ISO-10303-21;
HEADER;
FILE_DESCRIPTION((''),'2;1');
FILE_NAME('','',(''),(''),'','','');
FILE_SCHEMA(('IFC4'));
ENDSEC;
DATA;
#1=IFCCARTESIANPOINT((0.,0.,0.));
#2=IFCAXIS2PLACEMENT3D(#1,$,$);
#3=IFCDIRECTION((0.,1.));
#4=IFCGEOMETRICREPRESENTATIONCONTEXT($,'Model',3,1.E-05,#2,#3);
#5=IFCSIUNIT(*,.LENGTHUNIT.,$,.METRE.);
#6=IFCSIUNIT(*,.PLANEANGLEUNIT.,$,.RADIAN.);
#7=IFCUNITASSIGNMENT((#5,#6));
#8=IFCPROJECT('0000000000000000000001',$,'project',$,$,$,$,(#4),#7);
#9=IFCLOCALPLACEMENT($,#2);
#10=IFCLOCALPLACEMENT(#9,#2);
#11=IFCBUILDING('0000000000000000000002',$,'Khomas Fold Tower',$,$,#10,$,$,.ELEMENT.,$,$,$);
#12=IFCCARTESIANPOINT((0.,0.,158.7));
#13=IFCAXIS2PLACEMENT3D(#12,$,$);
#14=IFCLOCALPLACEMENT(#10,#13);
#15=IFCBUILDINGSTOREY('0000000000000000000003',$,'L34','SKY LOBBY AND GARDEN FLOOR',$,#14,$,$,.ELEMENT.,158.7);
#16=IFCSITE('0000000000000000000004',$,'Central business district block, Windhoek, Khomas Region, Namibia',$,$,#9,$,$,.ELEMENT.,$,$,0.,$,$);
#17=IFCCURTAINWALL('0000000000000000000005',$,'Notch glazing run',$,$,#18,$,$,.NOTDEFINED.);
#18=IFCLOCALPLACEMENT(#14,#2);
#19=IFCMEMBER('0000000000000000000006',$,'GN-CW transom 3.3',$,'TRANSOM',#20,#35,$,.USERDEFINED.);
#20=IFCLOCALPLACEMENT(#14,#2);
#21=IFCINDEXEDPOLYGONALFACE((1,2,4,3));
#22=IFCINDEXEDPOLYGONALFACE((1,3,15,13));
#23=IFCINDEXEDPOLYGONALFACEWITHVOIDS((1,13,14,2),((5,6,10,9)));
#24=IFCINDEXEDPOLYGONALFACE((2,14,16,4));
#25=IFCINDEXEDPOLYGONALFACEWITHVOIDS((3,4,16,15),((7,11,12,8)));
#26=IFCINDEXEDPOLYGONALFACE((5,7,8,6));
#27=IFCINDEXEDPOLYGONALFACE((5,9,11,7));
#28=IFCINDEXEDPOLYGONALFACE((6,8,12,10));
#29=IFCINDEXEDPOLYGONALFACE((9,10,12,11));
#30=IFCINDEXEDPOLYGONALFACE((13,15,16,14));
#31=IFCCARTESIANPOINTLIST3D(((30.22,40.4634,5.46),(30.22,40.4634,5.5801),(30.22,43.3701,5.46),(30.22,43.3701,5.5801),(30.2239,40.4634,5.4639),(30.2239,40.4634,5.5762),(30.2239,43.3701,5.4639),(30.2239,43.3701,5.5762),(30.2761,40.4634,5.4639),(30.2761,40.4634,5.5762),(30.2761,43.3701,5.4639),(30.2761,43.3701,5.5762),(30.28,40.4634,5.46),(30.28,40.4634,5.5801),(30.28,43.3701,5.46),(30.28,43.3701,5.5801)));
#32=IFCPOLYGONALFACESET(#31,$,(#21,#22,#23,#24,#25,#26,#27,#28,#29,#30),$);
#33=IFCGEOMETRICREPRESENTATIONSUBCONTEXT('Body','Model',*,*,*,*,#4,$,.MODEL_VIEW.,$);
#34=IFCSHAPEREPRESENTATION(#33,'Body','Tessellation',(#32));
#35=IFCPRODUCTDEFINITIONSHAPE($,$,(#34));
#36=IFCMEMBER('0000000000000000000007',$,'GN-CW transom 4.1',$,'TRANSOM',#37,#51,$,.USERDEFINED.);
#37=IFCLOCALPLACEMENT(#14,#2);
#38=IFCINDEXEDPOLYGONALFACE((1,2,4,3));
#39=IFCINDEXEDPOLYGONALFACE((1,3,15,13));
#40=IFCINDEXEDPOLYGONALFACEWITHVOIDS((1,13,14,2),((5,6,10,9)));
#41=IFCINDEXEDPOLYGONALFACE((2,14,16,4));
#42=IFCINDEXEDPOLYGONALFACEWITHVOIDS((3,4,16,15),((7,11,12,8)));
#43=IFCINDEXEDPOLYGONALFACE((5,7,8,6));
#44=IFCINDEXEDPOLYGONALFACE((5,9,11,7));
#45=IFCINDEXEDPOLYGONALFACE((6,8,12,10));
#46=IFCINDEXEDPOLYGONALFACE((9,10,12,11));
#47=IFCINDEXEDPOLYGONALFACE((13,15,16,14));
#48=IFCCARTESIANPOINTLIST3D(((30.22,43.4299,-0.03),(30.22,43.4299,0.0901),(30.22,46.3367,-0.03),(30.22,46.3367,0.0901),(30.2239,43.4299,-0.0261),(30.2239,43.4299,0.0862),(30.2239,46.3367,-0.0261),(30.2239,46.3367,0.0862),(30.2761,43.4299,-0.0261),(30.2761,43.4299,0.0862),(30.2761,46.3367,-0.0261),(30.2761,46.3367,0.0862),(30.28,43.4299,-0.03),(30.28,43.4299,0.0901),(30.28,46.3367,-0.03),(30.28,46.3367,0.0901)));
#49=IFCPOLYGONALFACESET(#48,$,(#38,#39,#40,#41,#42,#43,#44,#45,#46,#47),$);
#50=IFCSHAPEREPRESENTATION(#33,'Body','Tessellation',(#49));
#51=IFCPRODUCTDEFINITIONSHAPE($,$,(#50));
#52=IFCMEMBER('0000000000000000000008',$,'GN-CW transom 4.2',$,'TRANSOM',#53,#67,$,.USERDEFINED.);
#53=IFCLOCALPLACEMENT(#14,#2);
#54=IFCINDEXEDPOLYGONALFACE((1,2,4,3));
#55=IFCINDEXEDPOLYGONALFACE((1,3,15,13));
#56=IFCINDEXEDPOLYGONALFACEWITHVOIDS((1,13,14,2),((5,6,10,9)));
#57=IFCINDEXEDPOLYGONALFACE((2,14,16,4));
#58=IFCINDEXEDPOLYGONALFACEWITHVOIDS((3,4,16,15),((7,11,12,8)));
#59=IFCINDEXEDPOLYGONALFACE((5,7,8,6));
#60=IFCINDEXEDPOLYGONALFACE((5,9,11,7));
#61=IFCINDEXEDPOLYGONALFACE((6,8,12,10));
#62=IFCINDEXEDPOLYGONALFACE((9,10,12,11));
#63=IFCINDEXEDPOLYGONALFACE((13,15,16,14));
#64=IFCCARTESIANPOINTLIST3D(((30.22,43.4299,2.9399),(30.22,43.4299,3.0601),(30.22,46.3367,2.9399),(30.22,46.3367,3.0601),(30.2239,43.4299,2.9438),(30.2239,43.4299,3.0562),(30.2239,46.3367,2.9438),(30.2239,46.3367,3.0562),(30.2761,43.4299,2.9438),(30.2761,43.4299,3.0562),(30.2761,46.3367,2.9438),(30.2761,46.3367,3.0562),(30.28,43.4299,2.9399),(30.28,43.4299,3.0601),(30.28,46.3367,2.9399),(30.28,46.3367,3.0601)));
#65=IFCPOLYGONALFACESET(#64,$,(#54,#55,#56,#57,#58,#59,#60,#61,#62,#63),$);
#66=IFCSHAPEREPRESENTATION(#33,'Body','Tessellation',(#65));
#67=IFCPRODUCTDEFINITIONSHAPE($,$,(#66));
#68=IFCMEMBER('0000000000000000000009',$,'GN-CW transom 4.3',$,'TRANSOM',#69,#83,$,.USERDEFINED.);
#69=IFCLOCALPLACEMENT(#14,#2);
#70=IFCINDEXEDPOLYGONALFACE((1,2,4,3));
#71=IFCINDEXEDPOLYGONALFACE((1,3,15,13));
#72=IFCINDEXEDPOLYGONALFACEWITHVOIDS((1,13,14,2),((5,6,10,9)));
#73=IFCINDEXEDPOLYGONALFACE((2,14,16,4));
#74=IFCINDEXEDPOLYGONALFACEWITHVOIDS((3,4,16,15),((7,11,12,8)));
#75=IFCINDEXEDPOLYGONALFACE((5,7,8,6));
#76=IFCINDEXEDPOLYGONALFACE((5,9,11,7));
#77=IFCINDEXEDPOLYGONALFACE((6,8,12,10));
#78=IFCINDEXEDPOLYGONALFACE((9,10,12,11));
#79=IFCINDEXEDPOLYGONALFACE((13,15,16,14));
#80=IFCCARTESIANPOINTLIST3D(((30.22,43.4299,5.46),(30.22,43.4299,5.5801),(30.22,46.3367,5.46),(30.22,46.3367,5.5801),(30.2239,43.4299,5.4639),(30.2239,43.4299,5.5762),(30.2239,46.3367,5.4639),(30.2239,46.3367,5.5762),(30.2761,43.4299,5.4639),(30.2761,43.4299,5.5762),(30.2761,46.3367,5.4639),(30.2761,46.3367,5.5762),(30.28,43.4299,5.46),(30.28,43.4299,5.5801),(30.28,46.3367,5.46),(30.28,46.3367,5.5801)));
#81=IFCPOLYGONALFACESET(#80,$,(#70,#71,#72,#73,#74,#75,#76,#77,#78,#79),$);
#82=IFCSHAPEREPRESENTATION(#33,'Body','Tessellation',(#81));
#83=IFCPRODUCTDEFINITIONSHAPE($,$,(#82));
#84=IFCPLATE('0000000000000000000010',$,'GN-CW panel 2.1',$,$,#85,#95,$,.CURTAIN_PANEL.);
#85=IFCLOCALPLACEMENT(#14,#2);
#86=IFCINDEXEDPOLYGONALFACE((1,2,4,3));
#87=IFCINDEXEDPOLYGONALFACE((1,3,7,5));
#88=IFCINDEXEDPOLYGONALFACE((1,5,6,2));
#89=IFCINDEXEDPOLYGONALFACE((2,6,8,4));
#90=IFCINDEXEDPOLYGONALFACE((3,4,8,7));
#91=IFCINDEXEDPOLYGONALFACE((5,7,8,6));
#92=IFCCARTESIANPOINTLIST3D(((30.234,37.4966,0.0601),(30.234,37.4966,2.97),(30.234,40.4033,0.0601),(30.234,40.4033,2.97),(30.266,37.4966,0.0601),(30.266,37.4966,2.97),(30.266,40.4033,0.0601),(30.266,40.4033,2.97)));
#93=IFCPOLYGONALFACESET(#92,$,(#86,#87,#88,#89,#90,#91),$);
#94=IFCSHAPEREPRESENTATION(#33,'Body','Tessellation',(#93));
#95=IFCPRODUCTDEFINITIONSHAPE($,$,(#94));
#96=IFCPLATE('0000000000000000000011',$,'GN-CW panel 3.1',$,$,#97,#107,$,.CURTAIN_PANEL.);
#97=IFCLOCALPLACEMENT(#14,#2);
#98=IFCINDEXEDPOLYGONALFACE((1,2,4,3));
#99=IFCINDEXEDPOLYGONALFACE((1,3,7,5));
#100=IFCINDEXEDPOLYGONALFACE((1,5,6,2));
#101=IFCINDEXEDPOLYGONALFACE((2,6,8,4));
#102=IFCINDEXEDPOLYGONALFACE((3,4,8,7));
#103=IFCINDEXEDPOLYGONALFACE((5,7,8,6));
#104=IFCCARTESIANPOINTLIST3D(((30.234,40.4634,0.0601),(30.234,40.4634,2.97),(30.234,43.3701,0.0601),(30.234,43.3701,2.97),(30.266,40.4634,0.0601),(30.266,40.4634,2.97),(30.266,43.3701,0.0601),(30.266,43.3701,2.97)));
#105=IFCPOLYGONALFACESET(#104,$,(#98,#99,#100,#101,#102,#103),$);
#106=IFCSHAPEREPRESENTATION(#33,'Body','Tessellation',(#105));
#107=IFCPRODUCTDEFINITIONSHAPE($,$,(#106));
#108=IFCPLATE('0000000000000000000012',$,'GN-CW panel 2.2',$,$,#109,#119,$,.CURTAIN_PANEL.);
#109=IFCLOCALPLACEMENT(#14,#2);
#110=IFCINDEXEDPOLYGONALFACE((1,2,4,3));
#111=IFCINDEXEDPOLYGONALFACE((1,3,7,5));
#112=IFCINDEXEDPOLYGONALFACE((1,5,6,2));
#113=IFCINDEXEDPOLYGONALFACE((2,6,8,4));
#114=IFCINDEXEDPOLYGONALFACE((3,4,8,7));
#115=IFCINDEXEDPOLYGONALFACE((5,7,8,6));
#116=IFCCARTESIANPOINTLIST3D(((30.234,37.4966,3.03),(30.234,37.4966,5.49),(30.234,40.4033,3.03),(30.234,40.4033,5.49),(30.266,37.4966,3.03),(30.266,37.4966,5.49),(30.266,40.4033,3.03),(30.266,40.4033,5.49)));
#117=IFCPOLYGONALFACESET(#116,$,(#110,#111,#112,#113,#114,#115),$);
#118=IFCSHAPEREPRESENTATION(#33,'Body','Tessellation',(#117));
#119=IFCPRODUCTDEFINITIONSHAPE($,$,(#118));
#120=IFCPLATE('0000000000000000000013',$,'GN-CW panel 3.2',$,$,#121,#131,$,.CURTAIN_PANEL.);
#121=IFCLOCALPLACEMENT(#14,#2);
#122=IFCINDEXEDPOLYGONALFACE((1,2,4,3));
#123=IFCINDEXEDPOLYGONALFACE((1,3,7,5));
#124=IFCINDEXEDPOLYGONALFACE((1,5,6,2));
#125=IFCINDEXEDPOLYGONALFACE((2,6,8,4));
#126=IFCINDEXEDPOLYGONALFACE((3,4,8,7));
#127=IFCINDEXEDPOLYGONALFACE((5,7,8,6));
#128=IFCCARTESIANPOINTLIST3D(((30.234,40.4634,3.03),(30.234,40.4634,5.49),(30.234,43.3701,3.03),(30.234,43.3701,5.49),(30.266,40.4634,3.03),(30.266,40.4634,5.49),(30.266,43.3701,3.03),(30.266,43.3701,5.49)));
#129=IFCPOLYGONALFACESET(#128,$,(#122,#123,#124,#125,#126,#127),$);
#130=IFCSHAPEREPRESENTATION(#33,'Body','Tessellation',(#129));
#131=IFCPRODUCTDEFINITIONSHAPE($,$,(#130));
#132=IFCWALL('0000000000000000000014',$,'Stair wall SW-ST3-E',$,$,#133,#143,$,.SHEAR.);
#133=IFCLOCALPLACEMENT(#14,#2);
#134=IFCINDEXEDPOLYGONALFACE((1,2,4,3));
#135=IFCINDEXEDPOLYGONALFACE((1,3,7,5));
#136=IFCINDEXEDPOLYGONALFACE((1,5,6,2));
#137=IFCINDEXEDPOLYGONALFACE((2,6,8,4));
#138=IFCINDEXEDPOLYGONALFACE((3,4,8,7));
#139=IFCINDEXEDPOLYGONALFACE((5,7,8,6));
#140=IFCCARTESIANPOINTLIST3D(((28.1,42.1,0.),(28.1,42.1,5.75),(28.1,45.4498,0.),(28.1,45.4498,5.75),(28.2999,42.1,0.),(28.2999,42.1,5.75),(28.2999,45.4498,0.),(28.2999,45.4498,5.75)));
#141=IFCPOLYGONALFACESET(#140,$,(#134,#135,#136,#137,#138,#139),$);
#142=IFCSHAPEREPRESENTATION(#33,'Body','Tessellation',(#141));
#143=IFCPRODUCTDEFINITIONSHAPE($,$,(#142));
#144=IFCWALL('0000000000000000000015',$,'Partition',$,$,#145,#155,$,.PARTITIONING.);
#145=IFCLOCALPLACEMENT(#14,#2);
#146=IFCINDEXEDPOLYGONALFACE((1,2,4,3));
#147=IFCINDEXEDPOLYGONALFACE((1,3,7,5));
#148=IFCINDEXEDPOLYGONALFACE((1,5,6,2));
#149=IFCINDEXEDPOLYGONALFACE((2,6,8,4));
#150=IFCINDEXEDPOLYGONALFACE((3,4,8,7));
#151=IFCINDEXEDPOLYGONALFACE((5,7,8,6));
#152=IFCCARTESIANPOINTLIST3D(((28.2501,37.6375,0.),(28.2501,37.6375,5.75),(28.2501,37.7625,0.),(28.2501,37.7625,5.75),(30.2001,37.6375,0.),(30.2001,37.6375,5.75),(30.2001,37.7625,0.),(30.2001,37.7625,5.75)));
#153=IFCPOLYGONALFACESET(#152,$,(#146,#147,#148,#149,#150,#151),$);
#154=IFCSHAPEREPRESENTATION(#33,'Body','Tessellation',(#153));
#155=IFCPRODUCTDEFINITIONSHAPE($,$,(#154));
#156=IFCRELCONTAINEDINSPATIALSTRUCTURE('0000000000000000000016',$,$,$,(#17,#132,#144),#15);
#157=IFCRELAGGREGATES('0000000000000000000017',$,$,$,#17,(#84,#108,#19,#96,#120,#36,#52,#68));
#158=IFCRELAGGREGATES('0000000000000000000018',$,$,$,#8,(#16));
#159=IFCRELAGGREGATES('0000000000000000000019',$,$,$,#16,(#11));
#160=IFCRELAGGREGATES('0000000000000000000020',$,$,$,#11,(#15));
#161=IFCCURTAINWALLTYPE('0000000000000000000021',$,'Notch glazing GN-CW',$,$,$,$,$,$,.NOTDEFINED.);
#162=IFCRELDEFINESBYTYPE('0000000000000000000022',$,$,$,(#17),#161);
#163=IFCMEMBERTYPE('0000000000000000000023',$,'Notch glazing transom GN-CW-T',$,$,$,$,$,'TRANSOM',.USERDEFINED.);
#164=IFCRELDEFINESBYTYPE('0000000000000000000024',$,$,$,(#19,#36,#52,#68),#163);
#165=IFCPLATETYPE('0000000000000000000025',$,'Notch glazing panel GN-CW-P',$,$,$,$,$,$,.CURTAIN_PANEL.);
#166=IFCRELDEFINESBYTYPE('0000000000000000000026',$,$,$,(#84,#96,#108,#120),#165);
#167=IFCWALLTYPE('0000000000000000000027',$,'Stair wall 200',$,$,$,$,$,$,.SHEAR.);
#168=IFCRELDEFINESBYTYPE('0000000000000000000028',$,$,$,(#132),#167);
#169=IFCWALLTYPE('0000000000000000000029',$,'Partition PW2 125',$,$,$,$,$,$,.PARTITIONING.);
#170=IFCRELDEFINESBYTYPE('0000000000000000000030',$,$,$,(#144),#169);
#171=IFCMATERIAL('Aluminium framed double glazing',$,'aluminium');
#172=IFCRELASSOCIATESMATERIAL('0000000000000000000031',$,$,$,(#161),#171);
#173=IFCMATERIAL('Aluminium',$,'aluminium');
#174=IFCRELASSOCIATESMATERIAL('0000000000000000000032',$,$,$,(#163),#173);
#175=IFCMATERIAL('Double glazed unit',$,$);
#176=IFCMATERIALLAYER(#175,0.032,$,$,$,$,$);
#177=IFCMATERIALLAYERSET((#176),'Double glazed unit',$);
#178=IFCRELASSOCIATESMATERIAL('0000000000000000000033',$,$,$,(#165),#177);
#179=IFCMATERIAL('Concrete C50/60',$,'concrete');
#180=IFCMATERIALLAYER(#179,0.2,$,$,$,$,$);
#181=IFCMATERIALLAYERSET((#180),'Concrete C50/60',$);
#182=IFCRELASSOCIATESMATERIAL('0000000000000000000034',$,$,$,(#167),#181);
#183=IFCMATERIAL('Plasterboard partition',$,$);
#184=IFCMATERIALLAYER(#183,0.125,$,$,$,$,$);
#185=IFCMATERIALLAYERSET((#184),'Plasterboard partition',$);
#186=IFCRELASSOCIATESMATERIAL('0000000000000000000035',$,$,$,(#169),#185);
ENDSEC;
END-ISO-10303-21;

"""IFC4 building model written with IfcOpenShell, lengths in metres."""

from ifc_helpers import new_model, si_unit, direction, frame, frame_2d, origin, origin_2d, place, context, subcontext, project, spatial, rectangle, hollow_rectangle, extrude, source, transform, mapped, material, layer, layer_set, material_profile, profile_set, type_object, element, aggregate, save


model = new_model("IFC4")

# Units and contexts
model_context = context("Model", 3, precision=1e-05, world=origin(), true_north=direction((0.0, 1.0)))
body_context = subcontext(model_context, "Body", "Model", "MODEL_VIEW")
ifc_project = project(units=[si_unit("LENGTHUNIT", "METRE"), si_unit("PLANEANGLEUNIT", "RADIAN")], contexts=[model_context])

# Site, building, storey
site_placement = place(None, origin())
site = spatial("IfcSite", under=ifc_project, at=site_placement, Name="Central business district block, Windhoek, Khomas Region, Namibia", CompositionType="ELEMENT", RefElevation=0.0)
building_placement = place(site_placement, origin())
building = spatial("IfcBuilding", under=site, at=building_placement, Name="Khomas Fold Tower", CompositionType="ELEMENT")
storey_placement = place(building_placement, frame((0.0, 0.0, 158.7)))
storey = spatial("IfcBuildingStorey", under=building, at=storey_placement, Name="L34", Description="SKY LOBBY AND GARDEN FLOOR", CompositionType="ELEMENT", Elevation=158.7)

# Curtain wall, members, plates
ifc_material_1 = material(Name="Aluminium framed double glazing", Category="aluminium")
curtain_wall_type = type_object("IfcCurtainWallType", Name="Notch glazing GN-CW", PredefinedType="NOTDEFINED", material=ifc_material_1)
curtain_wall_placement = place(storey_placement, origin())
curtain_wall = element("IfcCurtainWall", 1, at=curtain_wall_placement, inside=storey, type_object=curtain_wall_type, Name="Notch glazing run", PredefinedType="NOTDEFINED")
ifc_material_2 = material(Name="Aluminium", Category="aluminium")
ifc_material_profile_1 = material_profile(ifc_material_2, hollow_rectangle(XDim=0.0601, YDim=0.1201, WallThickness=0.0039, at=origin_2d()), Name="Notch glazing transom GN-CW-T")
ifc_profile_set_1 = profile_set([ifc_material_profile_1], Name="Aluminium")
member_type_1 = type_object("IfcMemberType", Name="Notch glazing transom GN-CW-T", ElementType="TRANSOM", PredefinedType="USERDEFINED", material=ifc_profile_set_1)
shared_shape_1 = source(origin(), body_context, "Body", "SweptSolid", [
    extrude(hollow_rectangle(XDim=0.0601, YDim=0.1201, WallThickness=0.0039, at=origin_2d()), origin(), (0.0, 0.0, 1.0), 2.9067),
])
member_1_placement = place(storey_placement, frame((30.25, 40.4634, 5.52), z_axis=(0.0, 1.0, 0.0), x_axis=(-1.0, 0.0, 0.0)))
member_1 = element("IfcMember", 2, at=member_1_placement, type_object=member_type_1, Name="GN-CW transom 3.3", ObjectType="TRANSOM", PredefinedType="USERDEFINED", context=body_context, shape_type="MappedRepresentation", body=[
    mapped(shared_shape_1, transform((0.0, 0.0, 0.0))),
])
member_2_placement = place(storey_placement, frame((30.25, 43.4299, 0.03), z_axis=(0.0, 1.0, 0.0), x_axis=(-1.0, 0.0, 0.0)))
member_2 = element("IfcMember", 3, at=member_2_placement, type_object=member_type_1, Name="GN-CW transom 4.1", ObjectType="TRANSOM", PredefinedType="USERDEFINED", context=body_context, shape_type="MappedRepresentation", body=[
    mapped(shared_shape_1, transform((0.0, 0.0, 0.0))),
])
member_3_placement = place(storey_placement, frame((30.25, 43.4299, 3.0), z_axis=(0.0, 1.0, 0.0), x_axis=(-1.0, 0.0, 0.0)))
member_3 = element("IfcMember", 4, at=member_3_placement, type_object=member_type_1, Name="GN-CW transom 4.2", ObjectType="TRANSOM", PredefinedType="USERDEFINED", context=body_context, shape_type="MappedRepresentation", body=[
    mapped(shared_shape_1, transform((0.0, 0.0, 0.0))),
])
member_4_placement = place(storey_placement, frame((30.25, 43.4299, 5.52), z_axis=(0.0, 1.0, 0.0), x_axis=(-1.0, 0.0, 0.0)))
member_4 = element("IfcMember", 5, at=member_4_placement, type_object=member_type_1, Name="GN-CW transom 4.3", ObjectType="TRANSOM", PredefinedType="USERDEFINED", context=body_context, shape_type="MappedRepresentation", body=[
    mapped(shared_shape_1, transform((0.0, 0.0, 0.0))),
])
ifc_material_3 = material(Name="Double glazed unit")
ifc_layer_1 = layer(ifc_material_3, 0.032)
ifc_layer_set_1 = layer_set([ifc_layer_1], Name="Double glazed unit")
plate_type = type_object("IfcPlateType", Name="Notch glazing panel GN-CW-P", PredefinedType="CURTAIN_PANEL", material=ifc_layer_set_1)
shared_shape_2 = source(origin(), body_context, "Body", "SweptSolid", [
    extrude(rectangle(XDim=2.9067, YDim=0.032, at=origin_2d()), origin(), (0.0, 0.0, 1.0), 2.9099),
])
plate_1_placement = place(storey_placement, frame((30.25, 38.95, 0.0601), z_axis=(0.0, 0.0, 1.0), x_axis=(0.0, 1.0, 0.0)))
plate_1 = element("IfcPlate", 6, at=plate_1_placement, type_object=plate_type, Name="GN-CW panel 2.1", PredefinedType="CURTAIN_PANEL", context=body_context, shape_type="MappedRepresentation", body=[
    mapped(shared_shape_2, transform((0.0, 0.0, 0.0))),
])
plate_2_placement = place(storey_placement, frame((30.25, 41.9167, 0.0601), z_axis=(0.0, 0.0, 1.0), x_axis=(0.0, 1.0, 0.0)))
plate_2 = element("IfcPlate", 7, at=plate_2_placement, type_object=plate_type, Name="GN-CW panel 3.1", PredefinedType="CURTAIN_PANEL", context=body_context, shape_type="MappedRepresentation", body=[
    mapped(shared_shape_2, transform((0.0, 0.0, 0.0))),
])
shared_shape_3 = source(origin(), body_context, "Body", "SweptSolid", [
    extrude(rectangle(XDim=2.9067, YDim=0.032, at=origin_2d()), origin(), (0.0, 0.0, 1.0), 2.46),
])
plate_3_placement = place(storey_placement, frame((30.25, 38.95, 3.03), z_axis=(0.0, 0.0, 1.0), x_axis=(0.0, 1.0, 0.0)))
plate_3 = element("IfcPlate", 8, at=plate_3_placement, type_object=plate_type, Name="GN-CW panel 2.2", PredefinedType="CURTAIN_PANEL", context=body_context, shape_type="MappedRepresentation", body=[
    mapped(shared_shape_3, transform((0.0, 0.0, 0.0))),
])
plate_4_placement = place(storey_placement, frame((30.25, 41.9167, 3.03), z_axis=(0.0, 0.0, 1.0), x_axis=(0.0, 1.0, 0.0)))
plate_4 = element("IfcPlate", 9, at=plate_4_placement, type_object=plate_type, Name="GN-CW panel 3.2", PredefinedType="CURTAIN_PANEL", context=body_context, shape_type="MappedRepresentation", body=[
    mapped(shared_shape_3, transform((0.0, 0.0, 0.0))),
])
aggregate(curtain_wall, [plate_1, plate_3, member_1, plate_2, plate_4, member_2, member_3, member_4])

# Walls
ifc_material_4 = material(Name="Concrete C50/60", Category="concrete")
ifc_layer_2 = layer(ifc_material_4, 0.2)
ifc_layer_set_2 = layer_set([ifc_layer_2], Name="Concrete C50/60")
wall_type_1 = type_object("IfcWallType", Name="Stair wall 200", PredefinedType="SHEAR", material=ifc_layer_set_2)
shared_shape_4 = source(origin(), body_context, "Body", "SweptSolid", [
    extrude(rectangle(XDim=3.3499, YDim=0.2, at=frame_2d((1.6748, 0.0))), origin(), (0.0, 0.0, 1.0), 5.75),
])
wall_1_placement = place(storey_placement, frame((28.2, 42.1001, 0.0), z_axis=(0.0, 0.0, 1.0), x_axis=(0.0, 1.0, 0.0)))
element("IfcWall", 10, at=wall_1_placement, inside=storey, type_object=wall_type_1, Name="Stair wall SW-ST3-E", PredefinedType="SHEAR", context=body_context, shape_type="MappedRepresentation", body=[
    mapped(shared_shape_4, transform((0.0, 0.0, 0.0))),
])
ifc_material_5 = material(Name="Plasterboard partition")
ifc_layer_3 = layer(ifc_material_5, 0.125)
ifc_layer_set_3 = layer_set([ifc_layer_3], Name="Plasterboard partition")
wall_type_2 = type_object("IfcWallType", Name="Partition PW2 125", PredefinedType="PARTITIONING", material=ifc_layer_set_3)
shared_shape_5 = source(origin(), body_context, "Body", "SweptSolid", [
    extrude(rectangle(XDim=1.95, YDim=0.125, at=frame_2d((0.9751, 0.0))), origin(), (0.0, 0.0, 1.0), 5.75),
])
wall_2_placement = place(storey_placement, frame((28.25, 37.7, 0.0), z_axis=(0.0, 0.0, 1.0), x_axis=(1.0, 0.0, 0.0)))
element("IfcWall", 11, at=wall_2_placement, inside=storey, type_object=wall_type_2, Name="Partition", PredefinedType="PARTITIONING", context=body_context, shape_type="MappedRepresentation", body=[
    mapped(shared_shape_5, transform((0.0, 0.0, 0.0))),
])

save(model, "model.ifc")
